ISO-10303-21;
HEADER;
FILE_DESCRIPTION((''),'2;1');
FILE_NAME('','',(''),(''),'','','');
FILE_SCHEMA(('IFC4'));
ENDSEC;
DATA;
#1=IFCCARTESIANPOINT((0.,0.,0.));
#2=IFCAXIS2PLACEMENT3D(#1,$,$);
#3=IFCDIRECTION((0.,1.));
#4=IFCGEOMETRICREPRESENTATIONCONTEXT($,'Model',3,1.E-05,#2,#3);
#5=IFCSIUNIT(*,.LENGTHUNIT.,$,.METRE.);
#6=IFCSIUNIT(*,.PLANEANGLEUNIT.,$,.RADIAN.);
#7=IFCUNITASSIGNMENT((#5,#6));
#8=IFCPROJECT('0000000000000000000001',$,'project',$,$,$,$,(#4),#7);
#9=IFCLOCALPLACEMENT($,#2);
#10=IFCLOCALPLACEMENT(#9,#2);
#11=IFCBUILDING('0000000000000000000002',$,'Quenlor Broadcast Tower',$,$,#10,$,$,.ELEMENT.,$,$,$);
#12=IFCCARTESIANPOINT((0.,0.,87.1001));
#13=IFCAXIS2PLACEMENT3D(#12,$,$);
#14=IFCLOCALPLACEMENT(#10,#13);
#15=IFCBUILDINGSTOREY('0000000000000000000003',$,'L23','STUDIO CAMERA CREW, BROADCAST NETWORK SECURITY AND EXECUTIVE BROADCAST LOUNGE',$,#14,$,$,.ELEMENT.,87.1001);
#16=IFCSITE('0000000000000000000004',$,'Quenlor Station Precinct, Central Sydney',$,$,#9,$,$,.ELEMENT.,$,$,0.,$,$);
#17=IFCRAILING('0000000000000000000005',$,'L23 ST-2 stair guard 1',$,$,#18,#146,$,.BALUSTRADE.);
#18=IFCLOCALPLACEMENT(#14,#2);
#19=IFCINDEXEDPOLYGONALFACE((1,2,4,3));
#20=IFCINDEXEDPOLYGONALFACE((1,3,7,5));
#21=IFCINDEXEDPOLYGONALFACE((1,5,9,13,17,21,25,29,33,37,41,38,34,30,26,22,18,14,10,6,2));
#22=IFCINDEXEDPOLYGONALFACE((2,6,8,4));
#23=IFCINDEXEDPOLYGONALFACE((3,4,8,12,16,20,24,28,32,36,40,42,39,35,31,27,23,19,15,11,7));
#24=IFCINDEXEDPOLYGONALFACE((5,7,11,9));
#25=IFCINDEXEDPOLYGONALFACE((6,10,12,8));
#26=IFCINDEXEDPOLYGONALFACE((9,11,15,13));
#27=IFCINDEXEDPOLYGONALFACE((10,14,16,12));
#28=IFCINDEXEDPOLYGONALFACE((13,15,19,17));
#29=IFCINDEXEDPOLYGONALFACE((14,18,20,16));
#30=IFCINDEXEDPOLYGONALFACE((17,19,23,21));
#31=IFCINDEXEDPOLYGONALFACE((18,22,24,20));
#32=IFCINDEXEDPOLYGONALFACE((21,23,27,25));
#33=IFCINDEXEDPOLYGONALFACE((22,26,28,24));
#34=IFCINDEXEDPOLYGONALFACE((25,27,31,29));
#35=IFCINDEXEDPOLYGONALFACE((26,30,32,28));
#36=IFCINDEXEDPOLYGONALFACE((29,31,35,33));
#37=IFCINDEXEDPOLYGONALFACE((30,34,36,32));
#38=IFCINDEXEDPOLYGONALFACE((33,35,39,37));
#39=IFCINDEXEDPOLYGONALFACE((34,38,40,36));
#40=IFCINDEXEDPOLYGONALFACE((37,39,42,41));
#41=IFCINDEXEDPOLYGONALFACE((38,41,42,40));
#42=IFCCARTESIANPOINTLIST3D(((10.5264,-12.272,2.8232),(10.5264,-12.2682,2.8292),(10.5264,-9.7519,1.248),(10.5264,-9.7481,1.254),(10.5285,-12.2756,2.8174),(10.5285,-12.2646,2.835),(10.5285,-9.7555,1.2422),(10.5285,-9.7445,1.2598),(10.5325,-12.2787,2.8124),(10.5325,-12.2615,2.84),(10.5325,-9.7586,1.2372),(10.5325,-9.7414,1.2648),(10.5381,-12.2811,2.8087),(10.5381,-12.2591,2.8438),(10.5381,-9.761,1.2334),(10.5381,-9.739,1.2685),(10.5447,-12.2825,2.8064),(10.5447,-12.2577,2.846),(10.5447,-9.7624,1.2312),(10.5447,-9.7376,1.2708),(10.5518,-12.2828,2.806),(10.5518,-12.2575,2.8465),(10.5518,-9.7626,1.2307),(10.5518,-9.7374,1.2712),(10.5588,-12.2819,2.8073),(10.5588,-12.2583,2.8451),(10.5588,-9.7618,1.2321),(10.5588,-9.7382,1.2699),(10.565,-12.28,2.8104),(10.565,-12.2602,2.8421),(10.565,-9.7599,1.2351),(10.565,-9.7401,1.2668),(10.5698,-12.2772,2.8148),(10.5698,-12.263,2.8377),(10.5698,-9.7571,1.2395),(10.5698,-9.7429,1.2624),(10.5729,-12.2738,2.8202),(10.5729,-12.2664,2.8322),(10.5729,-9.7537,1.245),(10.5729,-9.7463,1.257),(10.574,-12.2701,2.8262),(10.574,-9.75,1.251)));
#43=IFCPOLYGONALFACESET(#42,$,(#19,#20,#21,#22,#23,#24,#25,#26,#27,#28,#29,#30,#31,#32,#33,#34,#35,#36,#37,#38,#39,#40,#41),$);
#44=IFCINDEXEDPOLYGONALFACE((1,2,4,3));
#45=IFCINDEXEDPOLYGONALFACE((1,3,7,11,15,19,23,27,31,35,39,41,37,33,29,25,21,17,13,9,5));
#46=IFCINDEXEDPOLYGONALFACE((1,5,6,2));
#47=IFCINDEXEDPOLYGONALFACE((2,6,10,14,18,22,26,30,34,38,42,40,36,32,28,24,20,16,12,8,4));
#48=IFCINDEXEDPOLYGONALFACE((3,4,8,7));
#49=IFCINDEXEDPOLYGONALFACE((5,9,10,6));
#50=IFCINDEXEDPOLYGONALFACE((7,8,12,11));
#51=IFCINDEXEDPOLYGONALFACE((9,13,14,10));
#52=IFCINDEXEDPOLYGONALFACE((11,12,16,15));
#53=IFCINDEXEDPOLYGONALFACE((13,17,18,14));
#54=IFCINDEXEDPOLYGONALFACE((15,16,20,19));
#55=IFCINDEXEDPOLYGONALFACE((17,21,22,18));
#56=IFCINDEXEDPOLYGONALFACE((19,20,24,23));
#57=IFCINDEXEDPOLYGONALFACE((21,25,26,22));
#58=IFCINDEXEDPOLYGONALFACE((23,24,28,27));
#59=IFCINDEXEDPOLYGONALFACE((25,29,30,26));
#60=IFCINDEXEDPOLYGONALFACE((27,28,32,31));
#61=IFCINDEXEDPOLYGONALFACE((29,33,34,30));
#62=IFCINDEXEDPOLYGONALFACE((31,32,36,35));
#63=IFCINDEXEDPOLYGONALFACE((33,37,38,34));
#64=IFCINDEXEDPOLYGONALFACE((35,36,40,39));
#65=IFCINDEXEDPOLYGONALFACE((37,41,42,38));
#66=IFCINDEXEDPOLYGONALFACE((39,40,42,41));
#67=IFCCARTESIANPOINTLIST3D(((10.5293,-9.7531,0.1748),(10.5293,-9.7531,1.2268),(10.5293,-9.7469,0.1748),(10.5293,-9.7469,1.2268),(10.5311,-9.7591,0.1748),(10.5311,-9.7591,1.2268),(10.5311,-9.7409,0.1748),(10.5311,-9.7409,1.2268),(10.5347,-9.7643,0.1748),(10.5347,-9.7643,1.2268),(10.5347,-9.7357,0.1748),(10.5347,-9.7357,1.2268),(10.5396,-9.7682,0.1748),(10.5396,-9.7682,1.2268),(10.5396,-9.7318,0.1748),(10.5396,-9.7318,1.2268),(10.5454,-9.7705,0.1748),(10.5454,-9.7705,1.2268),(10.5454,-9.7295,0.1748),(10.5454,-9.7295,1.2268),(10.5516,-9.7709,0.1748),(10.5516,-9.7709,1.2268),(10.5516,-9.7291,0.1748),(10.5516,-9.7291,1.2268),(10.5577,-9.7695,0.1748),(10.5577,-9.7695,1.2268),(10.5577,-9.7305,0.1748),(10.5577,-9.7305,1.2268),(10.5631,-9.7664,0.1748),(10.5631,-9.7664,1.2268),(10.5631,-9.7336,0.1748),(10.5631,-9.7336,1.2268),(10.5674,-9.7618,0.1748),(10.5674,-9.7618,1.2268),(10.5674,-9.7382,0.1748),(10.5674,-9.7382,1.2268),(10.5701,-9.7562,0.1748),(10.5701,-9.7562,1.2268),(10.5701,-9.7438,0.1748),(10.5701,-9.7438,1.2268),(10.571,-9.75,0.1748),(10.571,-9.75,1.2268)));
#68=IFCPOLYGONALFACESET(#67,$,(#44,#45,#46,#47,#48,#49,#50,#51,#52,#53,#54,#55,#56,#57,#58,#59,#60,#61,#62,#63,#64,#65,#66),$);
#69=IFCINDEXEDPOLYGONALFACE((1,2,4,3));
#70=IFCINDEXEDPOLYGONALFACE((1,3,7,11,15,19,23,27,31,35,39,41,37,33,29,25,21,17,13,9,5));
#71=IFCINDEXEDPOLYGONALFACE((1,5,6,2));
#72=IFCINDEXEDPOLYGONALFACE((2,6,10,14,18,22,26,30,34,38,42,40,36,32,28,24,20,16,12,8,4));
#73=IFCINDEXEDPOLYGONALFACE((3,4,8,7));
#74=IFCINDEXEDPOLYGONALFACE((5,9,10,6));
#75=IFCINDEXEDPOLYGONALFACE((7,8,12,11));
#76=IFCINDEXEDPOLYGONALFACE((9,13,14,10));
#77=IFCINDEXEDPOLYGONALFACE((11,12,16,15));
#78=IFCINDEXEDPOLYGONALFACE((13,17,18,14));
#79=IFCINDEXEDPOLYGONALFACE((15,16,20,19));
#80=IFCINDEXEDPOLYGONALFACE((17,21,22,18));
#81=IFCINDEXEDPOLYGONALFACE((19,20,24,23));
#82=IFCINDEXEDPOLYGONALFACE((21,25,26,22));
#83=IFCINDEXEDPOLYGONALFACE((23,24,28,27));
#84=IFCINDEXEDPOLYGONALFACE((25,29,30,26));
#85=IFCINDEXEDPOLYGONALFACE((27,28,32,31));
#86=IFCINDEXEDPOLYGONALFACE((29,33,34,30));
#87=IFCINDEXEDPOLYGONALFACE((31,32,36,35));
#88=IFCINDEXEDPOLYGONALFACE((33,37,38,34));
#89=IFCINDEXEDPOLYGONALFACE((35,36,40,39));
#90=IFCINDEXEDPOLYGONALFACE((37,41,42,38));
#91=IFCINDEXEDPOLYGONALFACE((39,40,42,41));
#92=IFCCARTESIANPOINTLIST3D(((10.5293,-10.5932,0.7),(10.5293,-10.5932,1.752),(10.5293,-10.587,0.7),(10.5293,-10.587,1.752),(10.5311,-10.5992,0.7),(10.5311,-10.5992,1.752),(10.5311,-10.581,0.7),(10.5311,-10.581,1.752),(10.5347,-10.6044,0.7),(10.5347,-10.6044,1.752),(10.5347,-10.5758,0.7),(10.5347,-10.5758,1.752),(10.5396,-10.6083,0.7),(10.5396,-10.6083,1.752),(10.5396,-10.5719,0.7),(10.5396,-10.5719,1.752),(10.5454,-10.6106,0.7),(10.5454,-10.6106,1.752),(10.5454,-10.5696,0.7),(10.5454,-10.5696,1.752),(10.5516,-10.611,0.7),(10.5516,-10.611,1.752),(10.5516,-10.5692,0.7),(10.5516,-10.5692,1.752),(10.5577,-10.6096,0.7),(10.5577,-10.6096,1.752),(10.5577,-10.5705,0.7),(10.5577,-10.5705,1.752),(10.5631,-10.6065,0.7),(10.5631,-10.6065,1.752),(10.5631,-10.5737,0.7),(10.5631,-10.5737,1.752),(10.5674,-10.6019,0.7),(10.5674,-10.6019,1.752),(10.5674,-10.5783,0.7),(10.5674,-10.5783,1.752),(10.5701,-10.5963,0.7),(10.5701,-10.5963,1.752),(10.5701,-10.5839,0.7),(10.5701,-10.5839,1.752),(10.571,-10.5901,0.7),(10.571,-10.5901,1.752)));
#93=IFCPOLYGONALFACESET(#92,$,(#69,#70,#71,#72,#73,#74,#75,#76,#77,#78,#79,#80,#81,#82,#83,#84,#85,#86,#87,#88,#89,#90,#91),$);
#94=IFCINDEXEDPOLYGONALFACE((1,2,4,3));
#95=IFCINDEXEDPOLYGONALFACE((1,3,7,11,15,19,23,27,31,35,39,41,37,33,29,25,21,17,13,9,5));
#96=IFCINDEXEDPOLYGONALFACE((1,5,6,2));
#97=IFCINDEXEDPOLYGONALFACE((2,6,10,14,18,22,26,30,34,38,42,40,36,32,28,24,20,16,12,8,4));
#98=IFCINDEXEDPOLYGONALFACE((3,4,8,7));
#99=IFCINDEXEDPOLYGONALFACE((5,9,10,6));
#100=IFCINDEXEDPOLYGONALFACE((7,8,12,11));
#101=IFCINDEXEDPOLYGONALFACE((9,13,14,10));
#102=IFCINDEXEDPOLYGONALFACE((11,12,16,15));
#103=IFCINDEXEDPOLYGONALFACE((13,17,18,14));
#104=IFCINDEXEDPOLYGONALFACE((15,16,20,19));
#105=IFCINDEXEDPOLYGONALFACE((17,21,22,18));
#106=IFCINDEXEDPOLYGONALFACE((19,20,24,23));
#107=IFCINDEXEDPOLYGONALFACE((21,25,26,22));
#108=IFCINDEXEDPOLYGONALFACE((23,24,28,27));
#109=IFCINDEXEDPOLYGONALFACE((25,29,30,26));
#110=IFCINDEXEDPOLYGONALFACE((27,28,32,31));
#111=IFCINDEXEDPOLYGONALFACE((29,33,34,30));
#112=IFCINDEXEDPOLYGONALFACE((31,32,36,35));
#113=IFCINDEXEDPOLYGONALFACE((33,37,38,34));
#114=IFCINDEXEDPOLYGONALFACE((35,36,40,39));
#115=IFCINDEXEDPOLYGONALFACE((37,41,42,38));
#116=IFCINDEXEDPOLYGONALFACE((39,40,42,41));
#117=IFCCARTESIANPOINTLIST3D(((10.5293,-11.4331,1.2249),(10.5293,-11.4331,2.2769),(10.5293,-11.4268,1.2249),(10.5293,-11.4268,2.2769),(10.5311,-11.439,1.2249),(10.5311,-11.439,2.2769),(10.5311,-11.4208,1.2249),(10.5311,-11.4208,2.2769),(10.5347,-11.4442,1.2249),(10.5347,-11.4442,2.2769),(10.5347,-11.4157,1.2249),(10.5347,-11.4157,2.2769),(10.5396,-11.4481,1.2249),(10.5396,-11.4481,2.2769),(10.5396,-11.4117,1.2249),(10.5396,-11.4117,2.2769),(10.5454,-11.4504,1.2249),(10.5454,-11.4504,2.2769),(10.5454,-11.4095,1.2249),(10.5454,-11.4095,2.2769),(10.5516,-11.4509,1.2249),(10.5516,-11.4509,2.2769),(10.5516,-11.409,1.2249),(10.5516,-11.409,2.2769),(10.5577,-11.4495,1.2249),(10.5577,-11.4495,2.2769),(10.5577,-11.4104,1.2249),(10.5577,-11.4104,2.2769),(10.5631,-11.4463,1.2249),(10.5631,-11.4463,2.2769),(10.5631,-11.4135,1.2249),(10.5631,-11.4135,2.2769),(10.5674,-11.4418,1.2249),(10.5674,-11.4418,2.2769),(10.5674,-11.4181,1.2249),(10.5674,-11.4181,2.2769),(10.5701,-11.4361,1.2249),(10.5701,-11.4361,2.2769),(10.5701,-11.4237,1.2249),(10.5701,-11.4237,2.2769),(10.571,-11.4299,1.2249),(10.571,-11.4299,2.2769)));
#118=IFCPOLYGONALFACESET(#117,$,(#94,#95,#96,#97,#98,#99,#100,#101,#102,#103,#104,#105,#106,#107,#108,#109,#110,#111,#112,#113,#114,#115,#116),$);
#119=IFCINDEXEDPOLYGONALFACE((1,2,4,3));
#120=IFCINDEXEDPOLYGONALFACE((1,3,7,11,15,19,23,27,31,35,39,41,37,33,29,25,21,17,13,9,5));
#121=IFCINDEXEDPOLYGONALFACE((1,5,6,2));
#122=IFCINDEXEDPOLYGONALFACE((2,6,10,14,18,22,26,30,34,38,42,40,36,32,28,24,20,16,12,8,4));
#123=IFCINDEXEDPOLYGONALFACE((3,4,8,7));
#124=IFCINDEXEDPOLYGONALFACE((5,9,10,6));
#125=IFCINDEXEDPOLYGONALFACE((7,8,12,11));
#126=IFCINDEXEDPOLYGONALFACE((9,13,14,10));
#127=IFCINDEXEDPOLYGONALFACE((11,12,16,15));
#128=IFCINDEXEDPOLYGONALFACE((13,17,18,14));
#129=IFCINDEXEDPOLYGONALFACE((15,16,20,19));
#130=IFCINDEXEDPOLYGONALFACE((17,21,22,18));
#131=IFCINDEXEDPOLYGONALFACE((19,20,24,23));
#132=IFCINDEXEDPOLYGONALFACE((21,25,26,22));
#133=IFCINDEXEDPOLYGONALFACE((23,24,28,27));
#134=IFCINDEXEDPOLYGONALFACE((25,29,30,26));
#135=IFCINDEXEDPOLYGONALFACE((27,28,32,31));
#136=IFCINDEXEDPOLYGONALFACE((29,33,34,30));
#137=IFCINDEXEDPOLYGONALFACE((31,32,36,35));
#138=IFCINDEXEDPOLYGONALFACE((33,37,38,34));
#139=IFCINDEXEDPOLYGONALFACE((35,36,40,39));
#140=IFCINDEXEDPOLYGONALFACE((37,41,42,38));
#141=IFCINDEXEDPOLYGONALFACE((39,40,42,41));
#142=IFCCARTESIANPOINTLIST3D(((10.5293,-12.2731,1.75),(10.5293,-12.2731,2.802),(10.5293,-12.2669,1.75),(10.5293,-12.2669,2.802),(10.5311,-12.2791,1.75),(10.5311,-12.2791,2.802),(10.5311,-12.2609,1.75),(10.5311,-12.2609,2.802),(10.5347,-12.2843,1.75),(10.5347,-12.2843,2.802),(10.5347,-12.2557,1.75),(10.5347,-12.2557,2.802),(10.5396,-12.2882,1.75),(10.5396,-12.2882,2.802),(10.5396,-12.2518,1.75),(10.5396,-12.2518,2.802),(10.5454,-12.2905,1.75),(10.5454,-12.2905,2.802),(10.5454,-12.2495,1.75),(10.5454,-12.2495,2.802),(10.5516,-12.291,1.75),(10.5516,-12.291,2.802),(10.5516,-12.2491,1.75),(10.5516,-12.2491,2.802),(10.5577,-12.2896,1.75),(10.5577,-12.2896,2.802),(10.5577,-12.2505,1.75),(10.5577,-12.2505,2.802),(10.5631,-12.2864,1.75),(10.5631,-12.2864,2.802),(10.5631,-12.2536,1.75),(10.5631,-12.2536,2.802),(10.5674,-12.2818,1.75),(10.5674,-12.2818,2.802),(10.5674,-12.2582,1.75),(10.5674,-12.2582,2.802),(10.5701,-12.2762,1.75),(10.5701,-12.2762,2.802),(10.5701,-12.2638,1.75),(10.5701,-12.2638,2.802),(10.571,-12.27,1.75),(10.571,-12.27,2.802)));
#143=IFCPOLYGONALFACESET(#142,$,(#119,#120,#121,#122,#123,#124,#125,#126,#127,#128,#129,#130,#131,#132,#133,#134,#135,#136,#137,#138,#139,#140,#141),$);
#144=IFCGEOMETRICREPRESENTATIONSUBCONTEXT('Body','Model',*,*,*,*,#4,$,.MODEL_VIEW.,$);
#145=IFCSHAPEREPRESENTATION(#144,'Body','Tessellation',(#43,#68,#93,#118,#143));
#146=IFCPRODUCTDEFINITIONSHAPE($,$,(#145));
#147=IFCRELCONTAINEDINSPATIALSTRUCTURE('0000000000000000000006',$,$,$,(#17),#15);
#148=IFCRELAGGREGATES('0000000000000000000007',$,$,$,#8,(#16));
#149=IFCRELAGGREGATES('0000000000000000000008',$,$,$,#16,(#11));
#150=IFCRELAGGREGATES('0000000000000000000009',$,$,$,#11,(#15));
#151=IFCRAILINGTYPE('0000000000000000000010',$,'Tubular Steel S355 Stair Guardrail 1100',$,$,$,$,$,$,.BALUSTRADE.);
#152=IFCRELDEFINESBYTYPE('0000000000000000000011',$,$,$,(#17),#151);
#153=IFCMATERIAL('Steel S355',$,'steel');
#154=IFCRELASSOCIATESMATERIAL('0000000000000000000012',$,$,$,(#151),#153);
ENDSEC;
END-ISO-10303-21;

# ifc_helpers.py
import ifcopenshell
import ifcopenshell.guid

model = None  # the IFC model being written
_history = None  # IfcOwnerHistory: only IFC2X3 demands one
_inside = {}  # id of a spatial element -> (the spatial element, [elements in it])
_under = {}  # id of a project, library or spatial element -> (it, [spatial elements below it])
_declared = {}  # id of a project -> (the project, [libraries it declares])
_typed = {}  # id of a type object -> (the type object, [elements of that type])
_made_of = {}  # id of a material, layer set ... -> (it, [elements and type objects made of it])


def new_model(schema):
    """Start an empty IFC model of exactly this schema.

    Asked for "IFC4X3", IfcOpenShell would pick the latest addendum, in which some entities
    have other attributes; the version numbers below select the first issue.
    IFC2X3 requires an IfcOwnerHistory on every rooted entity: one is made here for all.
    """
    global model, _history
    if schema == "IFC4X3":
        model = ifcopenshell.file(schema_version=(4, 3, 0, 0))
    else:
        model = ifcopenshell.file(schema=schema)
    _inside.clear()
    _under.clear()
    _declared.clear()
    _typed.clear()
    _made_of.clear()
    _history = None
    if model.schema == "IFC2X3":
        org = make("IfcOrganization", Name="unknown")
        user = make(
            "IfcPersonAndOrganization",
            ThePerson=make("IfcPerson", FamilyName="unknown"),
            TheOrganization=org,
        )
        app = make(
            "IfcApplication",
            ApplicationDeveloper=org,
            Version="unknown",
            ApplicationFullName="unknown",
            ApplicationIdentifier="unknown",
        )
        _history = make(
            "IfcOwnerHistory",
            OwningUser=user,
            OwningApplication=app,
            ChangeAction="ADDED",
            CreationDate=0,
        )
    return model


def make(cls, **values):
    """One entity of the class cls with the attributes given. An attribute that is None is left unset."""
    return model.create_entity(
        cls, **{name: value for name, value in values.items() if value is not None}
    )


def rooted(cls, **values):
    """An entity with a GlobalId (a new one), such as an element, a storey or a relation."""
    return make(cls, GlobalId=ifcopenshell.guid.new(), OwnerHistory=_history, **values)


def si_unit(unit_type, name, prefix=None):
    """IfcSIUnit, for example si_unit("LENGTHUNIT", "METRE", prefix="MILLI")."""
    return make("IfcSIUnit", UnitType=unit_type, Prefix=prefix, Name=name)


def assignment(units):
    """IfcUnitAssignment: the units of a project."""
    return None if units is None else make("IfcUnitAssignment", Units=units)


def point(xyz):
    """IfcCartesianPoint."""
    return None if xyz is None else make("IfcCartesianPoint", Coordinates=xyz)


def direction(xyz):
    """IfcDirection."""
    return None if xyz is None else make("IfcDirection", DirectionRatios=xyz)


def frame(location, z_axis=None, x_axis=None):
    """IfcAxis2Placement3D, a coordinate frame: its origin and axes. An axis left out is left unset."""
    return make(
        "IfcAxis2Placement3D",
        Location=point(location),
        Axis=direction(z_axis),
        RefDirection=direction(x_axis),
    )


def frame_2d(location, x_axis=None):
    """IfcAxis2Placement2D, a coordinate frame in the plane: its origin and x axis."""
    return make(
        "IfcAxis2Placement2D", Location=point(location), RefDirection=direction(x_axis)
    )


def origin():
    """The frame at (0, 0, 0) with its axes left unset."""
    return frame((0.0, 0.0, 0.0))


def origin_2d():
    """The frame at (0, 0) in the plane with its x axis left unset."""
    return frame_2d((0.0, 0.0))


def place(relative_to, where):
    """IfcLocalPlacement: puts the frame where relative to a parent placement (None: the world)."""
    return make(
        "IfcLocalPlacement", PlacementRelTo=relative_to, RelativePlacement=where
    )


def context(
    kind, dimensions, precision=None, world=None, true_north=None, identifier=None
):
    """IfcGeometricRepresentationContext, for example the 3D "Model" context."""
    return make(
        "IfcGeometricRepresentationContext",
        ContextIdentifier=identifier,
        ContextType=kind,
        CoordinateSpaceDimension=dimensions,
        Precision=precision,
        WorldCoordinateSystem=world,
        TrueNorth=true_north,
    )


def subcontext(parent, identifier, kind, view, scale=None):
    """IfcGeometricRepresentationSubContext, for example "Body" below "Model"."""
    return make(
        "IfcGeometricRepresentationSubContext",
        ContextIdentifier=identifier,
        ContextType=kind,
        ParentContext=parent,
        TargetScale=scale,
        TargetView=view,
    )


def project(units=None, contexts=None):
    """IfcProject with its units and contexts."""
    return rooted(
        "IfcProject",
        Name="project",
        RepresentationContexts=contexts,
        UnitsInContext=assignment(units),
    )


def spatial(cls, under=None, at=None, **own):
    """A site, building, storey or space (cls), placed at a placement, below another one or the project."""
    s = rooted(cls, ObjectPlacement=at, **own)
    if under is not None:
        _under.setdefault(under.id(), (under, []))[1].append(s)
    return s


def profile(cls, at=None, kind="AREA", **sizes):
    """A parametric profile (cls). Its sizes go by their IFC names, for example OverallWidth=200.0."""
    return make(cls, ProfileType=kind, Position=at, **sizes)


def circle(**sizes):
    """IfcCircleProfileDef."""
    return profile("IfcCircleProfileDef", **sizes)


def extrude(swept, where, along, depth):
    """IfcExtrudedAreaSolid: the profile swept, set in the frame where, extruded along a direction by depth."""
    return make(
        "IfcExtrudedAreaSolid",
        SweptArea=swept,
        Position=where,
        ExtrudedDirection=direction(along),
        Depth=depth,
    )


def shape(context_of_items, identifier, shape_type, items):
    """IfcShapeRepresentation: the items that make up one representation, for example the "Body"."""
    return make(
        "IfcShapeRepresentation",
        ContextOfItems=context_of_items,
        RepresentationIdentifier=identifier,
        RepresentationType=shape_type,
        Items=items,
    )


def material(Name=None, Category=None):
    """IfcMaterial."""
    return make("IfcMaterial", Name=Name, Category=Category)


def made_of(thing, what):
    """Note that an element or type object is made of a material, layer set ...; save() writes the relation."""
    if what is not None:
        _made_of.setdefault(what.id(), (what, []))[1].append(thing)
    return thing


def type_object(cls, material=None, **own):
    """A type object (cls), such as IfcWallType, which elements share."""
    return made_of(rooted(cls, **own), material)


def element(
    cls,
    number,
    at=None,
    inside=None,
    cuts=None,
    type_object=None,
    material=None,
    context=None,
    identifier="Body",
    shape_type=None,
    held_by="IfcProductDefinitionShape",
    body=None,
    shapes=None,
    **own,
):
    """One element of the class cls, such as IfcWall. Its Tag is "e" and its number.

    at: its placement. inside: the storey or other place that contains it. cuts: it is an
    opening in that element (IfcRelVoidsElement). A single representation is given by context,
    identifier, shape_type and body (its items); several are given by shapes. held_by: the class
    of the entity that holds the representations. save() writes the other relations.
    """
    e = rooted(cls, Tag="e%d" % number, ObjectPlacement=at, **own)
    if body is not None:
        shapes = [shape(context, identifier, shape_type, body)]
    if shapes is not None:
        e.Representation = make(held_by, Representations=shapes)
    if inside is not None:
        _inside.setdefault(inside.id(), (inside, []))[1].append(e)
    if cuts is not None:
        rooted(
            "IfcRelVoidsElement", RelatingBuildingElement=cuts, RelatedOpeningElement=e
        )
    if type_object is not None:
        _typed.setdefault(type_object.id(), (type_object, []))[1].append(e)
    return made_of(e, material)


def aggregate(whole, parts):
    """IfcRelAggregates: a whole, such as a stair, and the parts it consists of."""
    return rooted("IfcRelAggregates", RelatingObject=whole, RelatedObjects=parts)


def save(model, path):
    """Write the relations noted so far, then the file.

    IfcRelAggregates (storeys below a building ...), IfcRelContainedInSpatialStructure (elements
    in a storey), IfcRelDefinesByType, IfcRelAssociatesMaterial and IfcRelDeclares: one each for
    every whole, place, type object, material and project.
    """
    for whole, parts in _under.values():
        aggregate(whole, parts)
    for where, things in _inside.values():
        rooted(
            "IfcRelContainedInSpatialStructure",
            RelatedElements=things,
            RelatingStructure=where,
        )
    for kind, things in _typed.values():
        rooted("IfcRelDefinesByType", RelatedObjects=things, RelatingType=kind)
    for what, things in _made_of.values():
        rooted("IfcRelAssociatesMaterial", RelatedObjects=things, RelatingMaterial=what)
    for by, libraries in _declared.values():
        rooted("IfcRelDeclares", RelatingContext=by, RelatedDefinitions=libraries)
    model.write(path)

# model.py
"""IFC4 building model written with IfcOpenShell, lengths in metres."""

from ifc_helpers import new_model, si_unit, direction, frame, origin, origin_2d, place, context, subcontext, project, spatial, circle, extrude, material, type_object, element, save


model = new_model("IFC4")

# Units and contexts
model_context = context("Model", 3, precision=1e-05, world=origin(), true_north=direction((0.0, 1.0)))
body_context = subcontext(model_context, "Body", "Model", "MODEL_VIEW")
ifc_project = project(units=[si_unit("LENGTHUNIT", "METRE"), si_unit("PLANEANGLEUNIT", "RADIAN")], contexts=[model_context])

# Site, building, storey
site_placement = place(None, origin())
site = spatial("IfcSite", under=ifc_project, at=site_placement, Name="Quenlor Station Precinct, Central Sydney", CompositionType="ELEMENT", RefElevation=0.0)
building_placement = place(site_placement, origin())
building = spatial("IfcBuilding", under=site, at=building_placement, Name="Quenlor Broadcast Tower", CompositionType="ELEMENT")
storey_placement = place(building_placement, frame((0.0, 0.0, 87.1001)))
storey = spatial("IfcBuildingStorey", under=building, at=storey_placement, Name="L23", Description="STUDIO CAMERA CREW, BROADCAST NETWORK SECURITY AND EXECUTIVE BROADCAST LOUNGE", CompositionType="ELEMENT", Elevation=87.1001)

# Railing
ifc_material_1 = material(Name="Steel S355", Category="steel")
railing_type_1 = type_object("IfcRailingType", Name="Tubular Steel S355 Stair Guardrail 1100", PredefinedType="BALUSTRADE", material=ifc_material_1)
railing_1_placement = place(storey_placement, frame((10.55, -9.75, 0.1748)))
element("IfcRailing", 1, at=railing_1_placement, inside=storey, type_object=railing_type_1, Name="L23 ST-2 stair guard 1", PredefinedType="BALUSTRADE", context=body_context, shape_type="SweptSolid", body=[
    extrude(circle(Radius=0.0239, at=origin_2d()), frame((0.0, 0.0, 1.0762), z_axis=(0.0, -0.847971, 0.530043), x_axis=(1.0, 0.0, 0.0)), (0.0, 0.0, 1.0), 2.9719),
    extrude(circle(Radius=0.021, at=origin_2d()), origin(), (0.0, 0.0, 1.0), 1.052),
    extrude(circle(Radius=0.021, at=origin_2d()), frame((0.0, -0.8401, 0.5251)), (0.0, 0.0, 1.0), 1.052),
    extrude(circle(Radius=0.021, at=origin_2d()), frame((0.0, -1.6799, 1.05)), (0.0, 0.0, 1.0), 1.052),
    extrude(circle(Radius=0.021, at=origin_2d()), frame((0.0, -2.52, 1.5752)), (0.0, 0.0, 1.0), 1.052),
])

save(model, "model.ifc")
